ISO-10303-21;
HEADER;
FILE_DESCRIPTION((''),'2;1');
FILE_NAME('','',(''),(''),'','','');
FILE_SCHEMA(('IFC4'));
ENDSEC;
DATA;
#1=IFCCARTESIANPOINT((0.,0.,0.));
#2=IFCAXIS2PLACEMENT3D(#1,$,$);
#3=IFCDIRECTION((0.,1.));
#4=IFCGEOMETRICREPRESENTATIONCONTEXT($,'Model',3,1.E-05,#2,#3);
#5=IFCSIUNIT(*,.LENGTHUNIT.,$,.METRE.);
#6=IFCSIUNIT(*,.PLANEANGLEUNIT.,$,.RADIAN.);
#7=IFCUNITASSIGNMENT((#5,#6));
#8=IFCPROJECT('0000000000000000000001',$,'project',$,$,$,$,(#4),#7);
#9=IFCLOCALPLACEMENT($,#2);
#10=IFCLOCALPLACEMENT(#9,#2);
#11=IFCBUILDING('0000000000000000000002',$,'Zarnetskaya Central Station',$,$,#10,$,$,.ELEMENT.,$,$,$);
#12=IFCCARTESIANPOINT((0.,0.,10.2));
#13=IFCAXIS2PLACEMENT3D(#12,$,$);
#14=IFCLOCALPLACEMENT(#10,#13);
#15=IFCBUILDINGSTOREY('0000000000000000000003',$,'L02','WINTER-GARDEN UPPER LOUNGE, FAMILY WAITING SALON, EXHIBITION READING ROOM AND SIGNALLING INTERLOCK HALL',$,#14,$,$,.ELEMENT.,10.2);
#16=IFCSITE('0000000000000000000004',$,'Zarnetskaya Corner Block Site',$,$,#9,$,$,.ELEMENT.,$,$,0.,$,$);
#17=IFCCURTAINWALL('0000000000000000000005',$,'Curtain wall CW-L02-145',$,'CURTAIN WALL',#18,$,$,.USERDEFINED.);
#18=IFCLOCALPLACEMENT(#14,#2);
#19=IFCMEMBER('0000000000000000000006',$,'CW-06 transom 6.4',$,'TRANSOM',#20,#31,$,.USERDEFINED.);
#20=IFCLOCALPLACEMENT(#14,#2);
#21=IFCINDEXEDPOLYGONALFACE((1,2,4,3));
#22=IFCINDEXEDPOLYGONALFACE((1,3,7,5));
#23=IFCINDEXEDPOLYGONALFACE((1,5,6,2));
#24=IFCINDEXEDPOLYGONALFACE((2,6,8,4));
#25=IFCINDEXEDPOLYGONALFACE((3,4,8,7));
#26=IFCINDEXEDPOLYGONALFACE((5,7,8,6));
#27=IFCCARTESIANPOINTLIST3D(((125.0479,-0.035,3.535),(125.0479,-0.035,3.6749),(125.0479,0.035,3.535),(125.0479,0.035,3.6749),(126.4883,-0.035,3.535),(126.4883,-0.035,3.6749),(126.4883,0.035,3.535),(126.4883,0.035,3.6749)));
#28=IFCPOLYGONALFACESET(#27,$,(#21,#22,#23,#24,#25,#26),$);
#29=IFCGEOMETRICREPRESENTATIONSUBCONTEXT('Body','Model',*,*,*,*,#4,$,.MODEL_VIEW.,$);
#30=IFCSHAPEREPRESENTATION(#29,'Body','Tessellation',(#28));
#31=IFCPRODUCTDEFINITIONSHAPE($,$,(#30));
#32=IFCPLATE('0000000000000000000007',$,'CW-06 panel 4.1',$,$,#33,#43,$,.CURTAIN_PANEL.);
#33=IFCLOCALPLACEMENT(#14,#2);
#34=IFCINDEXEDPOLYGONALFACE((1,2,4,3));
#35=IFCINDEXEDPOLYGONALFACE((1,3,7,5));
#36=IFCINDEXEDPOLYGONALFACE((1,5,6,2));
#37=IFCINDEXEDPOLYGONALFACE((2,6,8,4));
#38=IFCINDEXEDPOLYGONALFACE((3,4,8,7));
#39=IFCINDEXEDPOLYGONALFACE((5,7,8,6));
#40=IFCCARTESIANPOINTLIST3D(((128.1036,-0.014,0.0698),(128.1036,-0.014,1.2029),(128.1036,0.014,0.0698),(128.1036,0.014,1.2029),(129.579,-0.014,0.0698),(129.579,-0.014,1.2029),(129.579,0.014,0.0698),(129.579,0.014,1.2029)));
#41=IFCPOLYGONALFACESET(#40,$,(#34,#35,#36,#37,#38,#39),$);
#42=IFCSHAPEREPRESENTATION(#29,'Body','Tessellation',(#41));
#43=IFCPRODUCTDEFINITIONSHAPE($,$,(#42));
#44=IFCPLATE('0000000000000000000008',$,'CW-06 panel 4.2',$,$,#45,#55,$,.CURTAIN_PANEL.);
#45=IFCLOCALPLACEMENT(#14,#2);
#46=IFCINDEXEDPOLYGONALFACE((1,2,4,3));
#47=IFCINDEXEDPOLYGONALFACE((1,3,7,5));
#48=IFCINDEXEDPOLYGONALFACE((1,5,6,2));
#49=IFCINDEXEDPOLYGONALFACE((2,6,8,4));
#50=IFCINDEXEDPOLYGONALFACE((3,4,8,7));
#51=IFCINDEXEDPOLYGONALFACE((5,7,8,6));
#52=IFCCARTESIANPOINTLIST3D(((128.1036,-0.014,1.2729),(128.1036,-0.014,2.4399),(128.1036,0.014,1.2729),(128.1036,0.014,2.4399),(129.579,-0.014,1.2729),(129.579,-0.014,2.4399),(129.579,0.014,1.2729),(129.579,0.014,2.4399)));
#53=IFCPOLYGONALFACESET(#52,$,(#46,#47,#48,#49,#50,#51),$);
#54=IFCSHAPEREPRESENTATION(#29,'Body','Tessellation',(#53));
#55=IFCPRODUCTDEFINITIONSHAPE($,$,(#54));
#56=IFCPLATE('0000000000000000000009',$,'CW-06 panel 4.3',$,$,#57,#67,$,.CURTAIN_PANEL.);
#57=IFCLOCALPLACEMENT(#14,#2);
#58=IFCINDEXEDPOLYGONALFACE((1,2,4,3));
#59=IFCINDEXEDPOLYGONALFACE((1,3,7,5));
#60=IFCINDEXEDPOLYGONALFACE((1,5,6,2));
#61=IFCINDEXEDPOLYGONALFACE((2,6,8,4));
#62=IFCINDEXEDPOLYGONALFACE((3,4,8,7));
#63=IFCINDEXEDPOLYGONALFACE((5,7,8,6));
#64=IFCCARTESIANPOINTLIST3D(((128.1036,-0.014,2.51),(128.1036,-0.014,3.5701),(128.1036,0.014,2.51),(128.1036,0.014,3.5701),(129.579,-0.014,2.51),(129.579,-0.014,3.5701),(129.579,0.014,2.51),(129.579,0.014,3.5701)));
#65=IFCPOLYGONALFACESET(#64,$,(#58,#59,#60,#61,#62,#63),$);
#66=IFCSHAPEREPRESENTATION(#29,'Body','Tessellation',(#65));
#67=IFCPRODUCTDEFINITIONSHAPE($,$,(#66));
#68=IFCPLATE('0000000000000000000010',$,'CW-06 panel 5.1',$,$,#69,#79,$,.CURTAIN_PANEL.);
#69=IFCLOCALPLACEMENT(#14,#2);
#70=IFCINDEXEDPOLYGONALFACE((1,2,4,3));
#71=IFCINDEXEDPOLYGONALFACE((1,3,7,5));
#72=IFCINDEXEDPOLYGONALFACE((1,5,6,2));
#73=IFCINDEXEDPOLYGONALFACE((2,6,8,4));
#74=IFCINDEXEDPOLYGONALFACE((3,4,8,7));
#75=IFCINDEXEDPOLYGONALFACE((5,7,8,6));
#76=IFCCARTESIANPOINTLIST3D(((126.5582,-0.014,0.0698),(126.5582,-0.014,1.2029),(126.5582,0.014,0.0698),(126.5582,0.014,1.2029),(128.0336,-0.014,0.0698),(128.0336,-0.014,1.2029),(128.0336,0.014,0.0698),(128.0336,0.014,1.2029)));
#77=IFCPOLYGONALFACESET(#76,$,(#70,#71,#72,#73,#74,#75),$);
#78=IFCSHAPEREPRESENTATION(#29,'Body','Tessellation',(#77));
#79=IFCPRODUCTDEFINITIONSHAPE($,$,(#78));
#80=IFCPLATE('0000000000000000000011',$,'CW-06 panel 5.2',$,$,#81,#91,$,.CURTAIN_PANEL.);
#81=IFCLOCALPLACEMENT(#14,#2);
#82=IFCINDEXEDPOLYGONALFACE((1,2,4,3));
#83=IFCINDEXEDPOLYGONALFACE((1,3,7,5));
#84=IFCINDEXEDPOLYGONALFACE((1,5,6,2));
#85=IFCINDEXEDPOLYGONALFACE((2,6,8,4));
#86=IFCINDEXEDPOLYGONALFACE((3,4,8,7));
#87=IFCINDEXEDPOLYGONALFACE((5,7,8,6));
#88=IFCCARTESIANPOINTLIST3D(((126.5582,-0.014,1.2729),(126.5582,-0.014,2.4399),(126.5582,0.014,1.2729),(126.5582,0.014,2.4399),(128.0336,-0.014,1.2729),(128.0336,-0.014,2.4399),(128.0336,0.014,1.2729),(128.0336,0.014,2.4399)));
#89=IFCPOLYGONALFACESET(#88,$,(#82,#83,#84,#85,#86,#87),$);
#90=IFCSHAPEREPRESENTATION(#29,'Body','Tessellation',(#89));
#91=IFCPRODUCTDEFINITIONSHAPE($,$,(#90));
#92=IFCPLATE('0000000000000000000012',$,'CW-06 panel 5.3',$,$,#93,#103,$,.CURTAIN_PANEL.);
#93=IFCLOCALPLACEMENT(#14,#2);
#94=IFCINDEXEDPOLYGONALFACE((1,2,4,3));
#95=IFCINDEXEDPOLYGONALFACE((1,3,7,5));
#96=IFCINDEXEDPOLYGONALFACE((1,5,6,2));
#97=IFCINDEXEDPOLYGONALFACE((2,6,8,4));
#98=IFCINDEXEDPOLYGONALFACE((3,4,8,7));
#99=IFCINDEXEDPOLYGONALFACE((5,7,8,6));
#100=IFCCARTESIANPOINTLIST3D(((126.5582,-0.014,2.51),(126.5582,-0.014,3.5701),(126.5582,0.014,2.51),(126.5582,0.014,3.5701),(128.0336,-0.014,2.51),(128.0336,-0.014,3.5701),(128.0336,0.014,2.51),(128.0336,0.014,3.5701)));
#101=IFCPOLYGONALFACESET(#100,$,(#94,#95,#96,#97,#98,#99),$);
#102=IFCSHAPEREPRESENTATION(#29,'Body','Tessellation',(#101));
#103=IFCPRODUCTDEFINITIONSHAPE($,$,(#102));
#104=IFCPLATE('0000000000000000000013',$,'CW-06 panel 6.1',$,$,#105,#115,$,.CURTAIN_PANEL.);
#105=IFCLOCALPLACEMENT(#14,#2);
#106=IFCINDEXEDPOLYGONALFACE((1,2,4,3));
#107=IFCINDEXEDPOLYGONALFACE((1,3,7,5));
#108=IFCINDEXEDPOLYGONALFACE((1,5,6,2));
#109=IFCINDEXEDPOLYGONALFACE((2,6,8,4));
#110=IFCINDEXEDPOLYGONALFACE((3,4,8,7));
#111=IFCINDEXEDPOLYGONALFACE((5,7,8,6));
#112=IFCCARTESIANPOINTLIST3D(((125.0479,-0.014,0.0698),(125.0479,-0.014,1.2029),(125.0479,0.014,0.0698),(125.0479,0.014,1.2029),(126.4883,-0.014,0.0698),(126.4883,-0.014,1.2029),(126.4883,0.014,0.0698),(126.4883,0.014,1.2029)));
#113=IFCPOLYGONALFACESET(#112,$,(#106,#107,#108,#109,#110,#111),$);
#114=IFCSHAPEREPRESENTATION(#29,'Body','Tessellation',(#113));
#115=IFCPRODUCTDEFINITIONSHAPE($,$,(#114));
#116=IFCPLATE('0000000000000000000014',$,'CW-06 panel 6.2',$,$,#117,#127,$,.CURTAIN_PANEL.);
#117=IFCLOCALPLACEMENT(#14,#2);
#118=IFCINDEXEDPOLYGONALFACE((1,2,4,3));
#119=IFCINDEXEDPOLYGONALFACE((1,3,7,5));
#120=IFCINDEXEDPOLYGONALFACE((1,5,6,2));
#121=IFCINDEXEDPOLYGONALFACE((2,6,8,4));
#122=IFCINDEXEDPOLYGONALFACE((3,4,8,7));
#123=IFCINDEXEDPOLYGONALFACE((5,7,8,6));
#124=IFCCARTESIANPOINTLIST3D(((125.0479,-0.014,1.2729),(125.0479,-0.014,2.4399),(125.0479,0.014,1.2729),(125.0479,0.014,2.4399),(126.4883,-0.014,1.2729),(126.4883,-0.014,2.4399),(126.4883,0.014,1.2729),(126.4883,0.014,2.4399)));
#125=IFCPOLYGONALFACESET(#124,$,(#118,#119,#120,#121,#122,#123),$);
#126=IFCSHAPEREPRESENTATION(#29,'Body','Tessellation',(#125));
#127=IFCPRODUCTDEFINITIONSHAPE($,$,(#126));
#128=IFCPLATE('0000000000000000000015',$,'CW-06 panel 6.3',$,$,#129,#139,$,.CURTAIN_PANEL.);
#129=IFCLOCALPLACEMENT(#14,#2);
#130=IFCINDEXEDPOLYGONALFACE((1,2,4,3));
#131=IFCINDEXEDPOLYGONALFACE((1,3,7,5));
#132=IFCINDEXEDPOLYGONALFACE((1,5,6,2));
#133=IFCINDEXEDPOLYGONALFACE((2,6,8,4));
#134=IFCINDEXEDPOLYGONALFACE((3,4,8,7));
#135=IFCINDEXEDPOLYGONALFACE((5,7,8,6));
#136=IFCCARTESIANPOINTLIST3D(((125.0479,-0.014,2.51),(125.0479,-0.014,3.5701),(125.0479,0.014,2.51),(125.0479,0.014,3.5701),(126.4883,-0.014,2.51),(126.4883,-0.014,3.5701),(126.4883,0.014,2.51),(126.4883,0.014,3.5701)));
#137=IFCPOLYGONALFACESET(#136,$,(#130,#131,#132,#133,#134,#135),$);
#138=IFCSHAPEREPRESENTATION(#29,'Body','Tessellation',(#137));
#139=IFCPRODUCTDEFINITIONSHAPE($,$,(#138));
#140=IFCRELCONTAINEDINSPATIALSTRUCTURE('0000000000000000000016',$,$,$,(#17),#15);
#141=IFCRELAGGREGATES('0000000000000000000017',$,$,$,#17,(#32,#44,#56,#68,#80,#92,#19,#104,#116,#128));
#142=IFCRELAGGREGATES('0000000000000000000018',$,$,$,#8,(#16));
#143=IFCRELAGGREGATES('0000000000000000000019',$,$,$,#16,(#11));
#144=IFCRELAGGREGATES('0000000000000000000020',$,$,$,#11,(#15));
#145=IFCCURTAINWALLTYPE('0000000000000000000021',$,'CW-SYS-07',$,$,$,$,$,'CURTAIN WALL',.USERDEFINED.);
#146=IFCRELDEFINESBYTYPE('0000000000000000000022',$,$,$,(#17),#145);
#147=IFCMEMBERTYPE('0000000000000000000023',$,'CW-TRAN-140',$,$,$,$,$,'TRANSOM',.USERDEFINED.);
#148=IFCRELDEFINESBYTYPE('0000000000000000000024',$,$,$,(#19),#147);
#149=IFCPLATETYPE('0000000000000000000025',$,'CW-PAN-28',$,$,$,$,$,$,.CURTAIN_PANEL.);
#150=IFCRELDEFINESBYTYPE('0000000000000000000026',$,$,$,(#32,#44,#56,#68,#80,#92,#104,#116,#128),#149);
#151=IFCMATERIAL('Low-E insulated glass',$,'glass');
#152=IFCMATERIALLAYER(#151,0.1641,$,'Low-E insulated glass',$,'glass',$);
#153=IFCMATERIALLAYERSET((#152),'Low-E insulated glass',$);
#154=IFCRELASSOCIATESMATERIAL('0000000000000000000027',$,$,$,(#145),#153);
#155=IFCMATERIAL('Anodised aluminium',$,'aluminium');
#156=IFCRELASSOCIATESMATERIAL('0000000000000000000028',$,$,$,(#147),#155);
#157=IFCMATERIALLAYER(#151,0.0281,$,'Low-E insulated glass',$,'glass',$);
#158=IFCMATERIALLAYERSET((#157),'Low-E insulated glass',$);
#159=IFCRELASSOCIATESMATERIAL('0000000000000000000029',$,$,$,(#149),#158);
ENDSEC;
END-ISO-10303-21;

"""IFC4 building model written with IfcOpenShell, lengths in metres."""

from ifc_helpers import new_model, si_unit, direction, frame, origin, origin_2d, place, context, subcontext, project, spatial, rectangle, extrude, material, layer, layer_set, material_profile, profile_set, type_object, element, aggregate, save


model = new_model("IFC4")

# Units and contexts
model_context = context("Model", 3, precision=1e-05, world=origin(), true_north=direction((0.0, 1.0)))
body_context = subcontext(model_context, "Body", "Model", "MODEL_VIEW")
ifc_project = project(units=[si_unit("LENGTHUNIT", "METRE"), si_unit("PLANEANGLEUNIT", "RADIAN")], contexts=[model_context])

# Site, building, storey
site_placement = place(None, origin())
site = spatial("IfcSite", under=ifc_project, at=site_placement, Name="Zarnetskaya Corner Block Site", CompositionType="ELEMENT", RefElevation=0.0)
building_placement = place(site_placement, origin())
building = spatial("IfcBuilding", under=site, at=building_placement, Name="Zarnetskaya Central Station", CompositionType="ELEMENT")
storey_placement = place(building_placement, frame((0.0, 0.0, 10.2)))
storey = spatial("IfcBuildingStorey", under=building, at=storey_placement, Name="L02", Description="WINTER-GARDEN UPPER LOUNGE, FAMILY WAITING SALON, EXHIBITION READING ROOM AND SIGNALLING INTERLOCK HALL", CompositionType="ELEMENT", Elevation=10.2)

# Curtain wall, member, plates
ifc_material_1 = material(Name="Low-E insulated glass", Category="glass")
ifc_layer_1 = layer(ifc_material_1, 0.1641, Name="Low-E insulated glass", Category="glass")
ifc_layer_set_1 = layer_set([ifc_layer_1], Name="Low-E insulated glass")
curtain_wall_type = type_object("IfcCurtainWallType", Name="CW-SYS-07", ElementType="CURTAIN WALL", PredefinedType="USERDEFINED", material=ifc_layer_set_1)
curtain_wall_placement = place(storey_placement, origin())
curtain_wall = element("IfcCurtainWall", 1, at=curtain_wall_placement, inside=storey, type_object=curtain_wall_type, Name="Curtain wall CW-L02-145", ObjectType="CURTAIN WALL", PredefinedType="USERDEFINED")
ifc_material_2 = material(Name="Anodised aluminium", Category="aluminium")
ifc_material_profile_1 = material_profile(ifc_material_2, rectangle(XDim=0.0701, YDim=0.1399, at=origin_2d()), Name="ALU TRAN 70x140")
ifc_profile_set_1 = profile_set([ifc_material_profile_1], Name="Anodised aluminium")
member_type_1 = type_object("IfcMemberType", Name="CW-TRAN-140", ElementType="TRANSOM", PredefinedType="USERDEFINED", material=ifc_profile_set_1)
member_1_placement = place(storey_placement, frame((126.4883, 0.0, 3.605), z_axis=(-1.0, 0.0, 0.0), x_axis=(0.0, -1.0, 0.0)))
member_1 = element("IfcMember", 2, at=member_1_placement, type_object=member_type_1, Name="CW-06 transom 6.4", ObjectType="TRANSOM", PredefinedType="USERDEFINED", context=body_context, shape_type="SweptSolid", body=[
    extrude(rectangle(XDim=0.0701, YDim=0.1399, at=origin_2d()), origin(), (0.0, 0.0, 1.0), 1.4404),
])
ifc_layer_2 = layer(ifc_material_1, 0.0281, Name="Low-E insulated glass", Category="glass")
ifc_layer_set_2 = layer_set([ifc_layer_2], Name="Low-E insulated glass")
plate_type = type_object("IfcPlateType", Name="CW-PAN-28", PredefinedType="CURTAIN_PANEL", material=ifc_layer_set_2)
plate_1_placement = place(storey_placement, frame((128.8413, 0.0, 0.0698), z_axis=(0.0, 0.0, 1.0), x_axis=(-1.0, 0.0, 0.0)))
plate_1 = element("IfcPlate", 3, at=plate_1_placement, type_object=plate_type, Name="CW-06 panel 4.1", PredefinedType="CURTAIN_PANEL", context=body_context, shape_type="SweptSolid", body=[
    extrude(rectangle(XDim=1.4753, YDim=0.0281, at=origin_2d()), origin(), (0.0, 0.0, 1.0), 1.1331),
])
plate_2_placement = place(storey_placement, frame((128.8413, 0.0, 1.2729), z_axis=(0.0, 0.0, 1.0), x_axis=(-1.0, 0.0, 0.0)))
plate_2 = element("IfcPlate", 4, at=plate_2_placement, type_object=plate_type, Name="CW-06 panel 4.2", PredefinedType="CURTAIN_PANEL", context=body_context, shape_type="SweptSolid", body=[
    extrude(rectangle(XDim=1.4753, YDim=0.0281, at=origin_2d()), origin(), (0.0, 0.0, 1.0), 1.167),
])
plate_3_placement = place(storey_placement, frame((128.8413, 0.0, 2.51), z_axis=(0.0, 0.0, 1.0), x_axis=(-1.0, 0.0, 0.0)))
plate_3 = element("IfcPlate", 5, at=plate_3_placement, type_object=plate_type, Name="CW-06 panel 4.3", PredefinedType="CURTAIN_PANEL", context=body_context, shape_type="SweptSolid", body=[
    extrude(rectangle(XDim=1.4753, YDim=0.0281, at=origin_2d()), origin(), (0.0, 0.0, 1.0), 1.0601),
])
plate_4_placement = place(storey_placement, frame((127.2959, 0.0, 0.0698), z_axis=(0.0, 0.0, 1.0), x_axis=(-1.0, 0.0, 0.0)))
plate_4 = element("IfcPlate", 6, at=plate_4_placement, type_object=plate_type, Name="CW-06 panel 5.1", PredefinedType="CURTAIN_PANEL", context=body_context, shape_type="SweptSolid", body=[
    extrude(rectangle(XDim=1.4753, YDim=0.0281, at=origin_2d()), origin(), (0.0, 0.0, 1.0), 1.1331),
])
plate_5_placement = place(storey_placement, frame((127.2959, 0.0, 1.2729), z_axis=(0.0, 0.0, 1.0), x_axis=(-1.0, 0.0, 0.0)))
plate_5 = element("IfcPlate", 7, at=plate_5_placement, type_object=plate_type, Name="CW-06 panel 5.2", PredefinedType="CURTAIN_PANEL", context=body_context, shape_type="SweptSolid", body=[
    extrude(rectangle(XDim=1.4753, YDim=0.0281, at=origin_2d()), origin(), (0.0, 0.0, 1.0), 1.167),
])
plate_6_placement = place(storey_placement, frame((127.2959, 0.0, 2.51), z_axis=(0.0, 0.0, 1.0), x_axis=(-1.0, 0.0, 0.0)))
plate_6 = element("IfcPlate", 8, at=plate_6_placement, type_object=plate_type, Name="CW-06 panel 5.3", PredefinedType="CURTAIN_PANEL", context=body_context, shape_type="SweptSolid", body=[
    extrude(rectangle(XDim=1.4753, YDim=0.0281, at=origin_2d()), origin(), (0.0, 0.0, 1.0), 1.0601),
])
plate_7_placement = place(storey_placement, frame((125.7681, 0.0, 0.0698), z_axis=(0.0, 0.0, 1.0), x_axis=(-1.0, 0.0, 0.0)))
plate_7 = element("IfcPlate", 9, at=plate_7_placement, type_object=plate_type, Name="CW-06 panel 6.1", PredefinedType="CURTAIN_PANEL", context=body_context, shape_type="SweptSolid", body=[
    extrude(rectangle(XDim=1.4404, YDim=0.0281, at=origin_2d()), origin(), (0.0, 0.0, 1.0), 1.1331),
])
plate_8_placement = place(storey_placement, frame((125.7681, 0.0, 1.2729), z_axis=(0.0, 0.0, 1.0), x_axis=(-1.0, 0.0, 0.0)))
plate_8 = element("IfcPlate", 10, at=plate_8_placement, type_object=plate_type, Name="CW-06 panel 6.2", PredefinedType="CURTAIN_PANEL", context=body_context, shape_type="SweptSolid", body=[
    extrude(rectangle(XDim=1.4404, YDim=0.0281, at=origin_2d()), origin(), (0.0, 0.0, 1.0), 1.167),
])
plate_9_placement = place(storey_placement, frame((125.7681, 0.0, 2.51), z_axis=(0.0, 0.0, 1.0), x_axis=(-1.0, 0.0, 0.0)))
plate_9 = element("IfcPlate", 11, at=plate_9_placement, type_object=plate_type, Name="CW-06 panel 6.3", PredefinedType="CURTAIN_PANEL", context=body_context, shape_type="SweptSolid", body=[
    extrude(rectangle(XDim=1.4404, YDim=0.0281, at=origin_2d()), origin(), (0.0, 0.0, 1.0), 1.0601),
])
aggregate(curtain_wall, [plate_1, plate_2, plate_3, plate_4, plate_5, plate_6, member_1, plate_7, plate_8, plate_9])

save(model, "model.ifc")
